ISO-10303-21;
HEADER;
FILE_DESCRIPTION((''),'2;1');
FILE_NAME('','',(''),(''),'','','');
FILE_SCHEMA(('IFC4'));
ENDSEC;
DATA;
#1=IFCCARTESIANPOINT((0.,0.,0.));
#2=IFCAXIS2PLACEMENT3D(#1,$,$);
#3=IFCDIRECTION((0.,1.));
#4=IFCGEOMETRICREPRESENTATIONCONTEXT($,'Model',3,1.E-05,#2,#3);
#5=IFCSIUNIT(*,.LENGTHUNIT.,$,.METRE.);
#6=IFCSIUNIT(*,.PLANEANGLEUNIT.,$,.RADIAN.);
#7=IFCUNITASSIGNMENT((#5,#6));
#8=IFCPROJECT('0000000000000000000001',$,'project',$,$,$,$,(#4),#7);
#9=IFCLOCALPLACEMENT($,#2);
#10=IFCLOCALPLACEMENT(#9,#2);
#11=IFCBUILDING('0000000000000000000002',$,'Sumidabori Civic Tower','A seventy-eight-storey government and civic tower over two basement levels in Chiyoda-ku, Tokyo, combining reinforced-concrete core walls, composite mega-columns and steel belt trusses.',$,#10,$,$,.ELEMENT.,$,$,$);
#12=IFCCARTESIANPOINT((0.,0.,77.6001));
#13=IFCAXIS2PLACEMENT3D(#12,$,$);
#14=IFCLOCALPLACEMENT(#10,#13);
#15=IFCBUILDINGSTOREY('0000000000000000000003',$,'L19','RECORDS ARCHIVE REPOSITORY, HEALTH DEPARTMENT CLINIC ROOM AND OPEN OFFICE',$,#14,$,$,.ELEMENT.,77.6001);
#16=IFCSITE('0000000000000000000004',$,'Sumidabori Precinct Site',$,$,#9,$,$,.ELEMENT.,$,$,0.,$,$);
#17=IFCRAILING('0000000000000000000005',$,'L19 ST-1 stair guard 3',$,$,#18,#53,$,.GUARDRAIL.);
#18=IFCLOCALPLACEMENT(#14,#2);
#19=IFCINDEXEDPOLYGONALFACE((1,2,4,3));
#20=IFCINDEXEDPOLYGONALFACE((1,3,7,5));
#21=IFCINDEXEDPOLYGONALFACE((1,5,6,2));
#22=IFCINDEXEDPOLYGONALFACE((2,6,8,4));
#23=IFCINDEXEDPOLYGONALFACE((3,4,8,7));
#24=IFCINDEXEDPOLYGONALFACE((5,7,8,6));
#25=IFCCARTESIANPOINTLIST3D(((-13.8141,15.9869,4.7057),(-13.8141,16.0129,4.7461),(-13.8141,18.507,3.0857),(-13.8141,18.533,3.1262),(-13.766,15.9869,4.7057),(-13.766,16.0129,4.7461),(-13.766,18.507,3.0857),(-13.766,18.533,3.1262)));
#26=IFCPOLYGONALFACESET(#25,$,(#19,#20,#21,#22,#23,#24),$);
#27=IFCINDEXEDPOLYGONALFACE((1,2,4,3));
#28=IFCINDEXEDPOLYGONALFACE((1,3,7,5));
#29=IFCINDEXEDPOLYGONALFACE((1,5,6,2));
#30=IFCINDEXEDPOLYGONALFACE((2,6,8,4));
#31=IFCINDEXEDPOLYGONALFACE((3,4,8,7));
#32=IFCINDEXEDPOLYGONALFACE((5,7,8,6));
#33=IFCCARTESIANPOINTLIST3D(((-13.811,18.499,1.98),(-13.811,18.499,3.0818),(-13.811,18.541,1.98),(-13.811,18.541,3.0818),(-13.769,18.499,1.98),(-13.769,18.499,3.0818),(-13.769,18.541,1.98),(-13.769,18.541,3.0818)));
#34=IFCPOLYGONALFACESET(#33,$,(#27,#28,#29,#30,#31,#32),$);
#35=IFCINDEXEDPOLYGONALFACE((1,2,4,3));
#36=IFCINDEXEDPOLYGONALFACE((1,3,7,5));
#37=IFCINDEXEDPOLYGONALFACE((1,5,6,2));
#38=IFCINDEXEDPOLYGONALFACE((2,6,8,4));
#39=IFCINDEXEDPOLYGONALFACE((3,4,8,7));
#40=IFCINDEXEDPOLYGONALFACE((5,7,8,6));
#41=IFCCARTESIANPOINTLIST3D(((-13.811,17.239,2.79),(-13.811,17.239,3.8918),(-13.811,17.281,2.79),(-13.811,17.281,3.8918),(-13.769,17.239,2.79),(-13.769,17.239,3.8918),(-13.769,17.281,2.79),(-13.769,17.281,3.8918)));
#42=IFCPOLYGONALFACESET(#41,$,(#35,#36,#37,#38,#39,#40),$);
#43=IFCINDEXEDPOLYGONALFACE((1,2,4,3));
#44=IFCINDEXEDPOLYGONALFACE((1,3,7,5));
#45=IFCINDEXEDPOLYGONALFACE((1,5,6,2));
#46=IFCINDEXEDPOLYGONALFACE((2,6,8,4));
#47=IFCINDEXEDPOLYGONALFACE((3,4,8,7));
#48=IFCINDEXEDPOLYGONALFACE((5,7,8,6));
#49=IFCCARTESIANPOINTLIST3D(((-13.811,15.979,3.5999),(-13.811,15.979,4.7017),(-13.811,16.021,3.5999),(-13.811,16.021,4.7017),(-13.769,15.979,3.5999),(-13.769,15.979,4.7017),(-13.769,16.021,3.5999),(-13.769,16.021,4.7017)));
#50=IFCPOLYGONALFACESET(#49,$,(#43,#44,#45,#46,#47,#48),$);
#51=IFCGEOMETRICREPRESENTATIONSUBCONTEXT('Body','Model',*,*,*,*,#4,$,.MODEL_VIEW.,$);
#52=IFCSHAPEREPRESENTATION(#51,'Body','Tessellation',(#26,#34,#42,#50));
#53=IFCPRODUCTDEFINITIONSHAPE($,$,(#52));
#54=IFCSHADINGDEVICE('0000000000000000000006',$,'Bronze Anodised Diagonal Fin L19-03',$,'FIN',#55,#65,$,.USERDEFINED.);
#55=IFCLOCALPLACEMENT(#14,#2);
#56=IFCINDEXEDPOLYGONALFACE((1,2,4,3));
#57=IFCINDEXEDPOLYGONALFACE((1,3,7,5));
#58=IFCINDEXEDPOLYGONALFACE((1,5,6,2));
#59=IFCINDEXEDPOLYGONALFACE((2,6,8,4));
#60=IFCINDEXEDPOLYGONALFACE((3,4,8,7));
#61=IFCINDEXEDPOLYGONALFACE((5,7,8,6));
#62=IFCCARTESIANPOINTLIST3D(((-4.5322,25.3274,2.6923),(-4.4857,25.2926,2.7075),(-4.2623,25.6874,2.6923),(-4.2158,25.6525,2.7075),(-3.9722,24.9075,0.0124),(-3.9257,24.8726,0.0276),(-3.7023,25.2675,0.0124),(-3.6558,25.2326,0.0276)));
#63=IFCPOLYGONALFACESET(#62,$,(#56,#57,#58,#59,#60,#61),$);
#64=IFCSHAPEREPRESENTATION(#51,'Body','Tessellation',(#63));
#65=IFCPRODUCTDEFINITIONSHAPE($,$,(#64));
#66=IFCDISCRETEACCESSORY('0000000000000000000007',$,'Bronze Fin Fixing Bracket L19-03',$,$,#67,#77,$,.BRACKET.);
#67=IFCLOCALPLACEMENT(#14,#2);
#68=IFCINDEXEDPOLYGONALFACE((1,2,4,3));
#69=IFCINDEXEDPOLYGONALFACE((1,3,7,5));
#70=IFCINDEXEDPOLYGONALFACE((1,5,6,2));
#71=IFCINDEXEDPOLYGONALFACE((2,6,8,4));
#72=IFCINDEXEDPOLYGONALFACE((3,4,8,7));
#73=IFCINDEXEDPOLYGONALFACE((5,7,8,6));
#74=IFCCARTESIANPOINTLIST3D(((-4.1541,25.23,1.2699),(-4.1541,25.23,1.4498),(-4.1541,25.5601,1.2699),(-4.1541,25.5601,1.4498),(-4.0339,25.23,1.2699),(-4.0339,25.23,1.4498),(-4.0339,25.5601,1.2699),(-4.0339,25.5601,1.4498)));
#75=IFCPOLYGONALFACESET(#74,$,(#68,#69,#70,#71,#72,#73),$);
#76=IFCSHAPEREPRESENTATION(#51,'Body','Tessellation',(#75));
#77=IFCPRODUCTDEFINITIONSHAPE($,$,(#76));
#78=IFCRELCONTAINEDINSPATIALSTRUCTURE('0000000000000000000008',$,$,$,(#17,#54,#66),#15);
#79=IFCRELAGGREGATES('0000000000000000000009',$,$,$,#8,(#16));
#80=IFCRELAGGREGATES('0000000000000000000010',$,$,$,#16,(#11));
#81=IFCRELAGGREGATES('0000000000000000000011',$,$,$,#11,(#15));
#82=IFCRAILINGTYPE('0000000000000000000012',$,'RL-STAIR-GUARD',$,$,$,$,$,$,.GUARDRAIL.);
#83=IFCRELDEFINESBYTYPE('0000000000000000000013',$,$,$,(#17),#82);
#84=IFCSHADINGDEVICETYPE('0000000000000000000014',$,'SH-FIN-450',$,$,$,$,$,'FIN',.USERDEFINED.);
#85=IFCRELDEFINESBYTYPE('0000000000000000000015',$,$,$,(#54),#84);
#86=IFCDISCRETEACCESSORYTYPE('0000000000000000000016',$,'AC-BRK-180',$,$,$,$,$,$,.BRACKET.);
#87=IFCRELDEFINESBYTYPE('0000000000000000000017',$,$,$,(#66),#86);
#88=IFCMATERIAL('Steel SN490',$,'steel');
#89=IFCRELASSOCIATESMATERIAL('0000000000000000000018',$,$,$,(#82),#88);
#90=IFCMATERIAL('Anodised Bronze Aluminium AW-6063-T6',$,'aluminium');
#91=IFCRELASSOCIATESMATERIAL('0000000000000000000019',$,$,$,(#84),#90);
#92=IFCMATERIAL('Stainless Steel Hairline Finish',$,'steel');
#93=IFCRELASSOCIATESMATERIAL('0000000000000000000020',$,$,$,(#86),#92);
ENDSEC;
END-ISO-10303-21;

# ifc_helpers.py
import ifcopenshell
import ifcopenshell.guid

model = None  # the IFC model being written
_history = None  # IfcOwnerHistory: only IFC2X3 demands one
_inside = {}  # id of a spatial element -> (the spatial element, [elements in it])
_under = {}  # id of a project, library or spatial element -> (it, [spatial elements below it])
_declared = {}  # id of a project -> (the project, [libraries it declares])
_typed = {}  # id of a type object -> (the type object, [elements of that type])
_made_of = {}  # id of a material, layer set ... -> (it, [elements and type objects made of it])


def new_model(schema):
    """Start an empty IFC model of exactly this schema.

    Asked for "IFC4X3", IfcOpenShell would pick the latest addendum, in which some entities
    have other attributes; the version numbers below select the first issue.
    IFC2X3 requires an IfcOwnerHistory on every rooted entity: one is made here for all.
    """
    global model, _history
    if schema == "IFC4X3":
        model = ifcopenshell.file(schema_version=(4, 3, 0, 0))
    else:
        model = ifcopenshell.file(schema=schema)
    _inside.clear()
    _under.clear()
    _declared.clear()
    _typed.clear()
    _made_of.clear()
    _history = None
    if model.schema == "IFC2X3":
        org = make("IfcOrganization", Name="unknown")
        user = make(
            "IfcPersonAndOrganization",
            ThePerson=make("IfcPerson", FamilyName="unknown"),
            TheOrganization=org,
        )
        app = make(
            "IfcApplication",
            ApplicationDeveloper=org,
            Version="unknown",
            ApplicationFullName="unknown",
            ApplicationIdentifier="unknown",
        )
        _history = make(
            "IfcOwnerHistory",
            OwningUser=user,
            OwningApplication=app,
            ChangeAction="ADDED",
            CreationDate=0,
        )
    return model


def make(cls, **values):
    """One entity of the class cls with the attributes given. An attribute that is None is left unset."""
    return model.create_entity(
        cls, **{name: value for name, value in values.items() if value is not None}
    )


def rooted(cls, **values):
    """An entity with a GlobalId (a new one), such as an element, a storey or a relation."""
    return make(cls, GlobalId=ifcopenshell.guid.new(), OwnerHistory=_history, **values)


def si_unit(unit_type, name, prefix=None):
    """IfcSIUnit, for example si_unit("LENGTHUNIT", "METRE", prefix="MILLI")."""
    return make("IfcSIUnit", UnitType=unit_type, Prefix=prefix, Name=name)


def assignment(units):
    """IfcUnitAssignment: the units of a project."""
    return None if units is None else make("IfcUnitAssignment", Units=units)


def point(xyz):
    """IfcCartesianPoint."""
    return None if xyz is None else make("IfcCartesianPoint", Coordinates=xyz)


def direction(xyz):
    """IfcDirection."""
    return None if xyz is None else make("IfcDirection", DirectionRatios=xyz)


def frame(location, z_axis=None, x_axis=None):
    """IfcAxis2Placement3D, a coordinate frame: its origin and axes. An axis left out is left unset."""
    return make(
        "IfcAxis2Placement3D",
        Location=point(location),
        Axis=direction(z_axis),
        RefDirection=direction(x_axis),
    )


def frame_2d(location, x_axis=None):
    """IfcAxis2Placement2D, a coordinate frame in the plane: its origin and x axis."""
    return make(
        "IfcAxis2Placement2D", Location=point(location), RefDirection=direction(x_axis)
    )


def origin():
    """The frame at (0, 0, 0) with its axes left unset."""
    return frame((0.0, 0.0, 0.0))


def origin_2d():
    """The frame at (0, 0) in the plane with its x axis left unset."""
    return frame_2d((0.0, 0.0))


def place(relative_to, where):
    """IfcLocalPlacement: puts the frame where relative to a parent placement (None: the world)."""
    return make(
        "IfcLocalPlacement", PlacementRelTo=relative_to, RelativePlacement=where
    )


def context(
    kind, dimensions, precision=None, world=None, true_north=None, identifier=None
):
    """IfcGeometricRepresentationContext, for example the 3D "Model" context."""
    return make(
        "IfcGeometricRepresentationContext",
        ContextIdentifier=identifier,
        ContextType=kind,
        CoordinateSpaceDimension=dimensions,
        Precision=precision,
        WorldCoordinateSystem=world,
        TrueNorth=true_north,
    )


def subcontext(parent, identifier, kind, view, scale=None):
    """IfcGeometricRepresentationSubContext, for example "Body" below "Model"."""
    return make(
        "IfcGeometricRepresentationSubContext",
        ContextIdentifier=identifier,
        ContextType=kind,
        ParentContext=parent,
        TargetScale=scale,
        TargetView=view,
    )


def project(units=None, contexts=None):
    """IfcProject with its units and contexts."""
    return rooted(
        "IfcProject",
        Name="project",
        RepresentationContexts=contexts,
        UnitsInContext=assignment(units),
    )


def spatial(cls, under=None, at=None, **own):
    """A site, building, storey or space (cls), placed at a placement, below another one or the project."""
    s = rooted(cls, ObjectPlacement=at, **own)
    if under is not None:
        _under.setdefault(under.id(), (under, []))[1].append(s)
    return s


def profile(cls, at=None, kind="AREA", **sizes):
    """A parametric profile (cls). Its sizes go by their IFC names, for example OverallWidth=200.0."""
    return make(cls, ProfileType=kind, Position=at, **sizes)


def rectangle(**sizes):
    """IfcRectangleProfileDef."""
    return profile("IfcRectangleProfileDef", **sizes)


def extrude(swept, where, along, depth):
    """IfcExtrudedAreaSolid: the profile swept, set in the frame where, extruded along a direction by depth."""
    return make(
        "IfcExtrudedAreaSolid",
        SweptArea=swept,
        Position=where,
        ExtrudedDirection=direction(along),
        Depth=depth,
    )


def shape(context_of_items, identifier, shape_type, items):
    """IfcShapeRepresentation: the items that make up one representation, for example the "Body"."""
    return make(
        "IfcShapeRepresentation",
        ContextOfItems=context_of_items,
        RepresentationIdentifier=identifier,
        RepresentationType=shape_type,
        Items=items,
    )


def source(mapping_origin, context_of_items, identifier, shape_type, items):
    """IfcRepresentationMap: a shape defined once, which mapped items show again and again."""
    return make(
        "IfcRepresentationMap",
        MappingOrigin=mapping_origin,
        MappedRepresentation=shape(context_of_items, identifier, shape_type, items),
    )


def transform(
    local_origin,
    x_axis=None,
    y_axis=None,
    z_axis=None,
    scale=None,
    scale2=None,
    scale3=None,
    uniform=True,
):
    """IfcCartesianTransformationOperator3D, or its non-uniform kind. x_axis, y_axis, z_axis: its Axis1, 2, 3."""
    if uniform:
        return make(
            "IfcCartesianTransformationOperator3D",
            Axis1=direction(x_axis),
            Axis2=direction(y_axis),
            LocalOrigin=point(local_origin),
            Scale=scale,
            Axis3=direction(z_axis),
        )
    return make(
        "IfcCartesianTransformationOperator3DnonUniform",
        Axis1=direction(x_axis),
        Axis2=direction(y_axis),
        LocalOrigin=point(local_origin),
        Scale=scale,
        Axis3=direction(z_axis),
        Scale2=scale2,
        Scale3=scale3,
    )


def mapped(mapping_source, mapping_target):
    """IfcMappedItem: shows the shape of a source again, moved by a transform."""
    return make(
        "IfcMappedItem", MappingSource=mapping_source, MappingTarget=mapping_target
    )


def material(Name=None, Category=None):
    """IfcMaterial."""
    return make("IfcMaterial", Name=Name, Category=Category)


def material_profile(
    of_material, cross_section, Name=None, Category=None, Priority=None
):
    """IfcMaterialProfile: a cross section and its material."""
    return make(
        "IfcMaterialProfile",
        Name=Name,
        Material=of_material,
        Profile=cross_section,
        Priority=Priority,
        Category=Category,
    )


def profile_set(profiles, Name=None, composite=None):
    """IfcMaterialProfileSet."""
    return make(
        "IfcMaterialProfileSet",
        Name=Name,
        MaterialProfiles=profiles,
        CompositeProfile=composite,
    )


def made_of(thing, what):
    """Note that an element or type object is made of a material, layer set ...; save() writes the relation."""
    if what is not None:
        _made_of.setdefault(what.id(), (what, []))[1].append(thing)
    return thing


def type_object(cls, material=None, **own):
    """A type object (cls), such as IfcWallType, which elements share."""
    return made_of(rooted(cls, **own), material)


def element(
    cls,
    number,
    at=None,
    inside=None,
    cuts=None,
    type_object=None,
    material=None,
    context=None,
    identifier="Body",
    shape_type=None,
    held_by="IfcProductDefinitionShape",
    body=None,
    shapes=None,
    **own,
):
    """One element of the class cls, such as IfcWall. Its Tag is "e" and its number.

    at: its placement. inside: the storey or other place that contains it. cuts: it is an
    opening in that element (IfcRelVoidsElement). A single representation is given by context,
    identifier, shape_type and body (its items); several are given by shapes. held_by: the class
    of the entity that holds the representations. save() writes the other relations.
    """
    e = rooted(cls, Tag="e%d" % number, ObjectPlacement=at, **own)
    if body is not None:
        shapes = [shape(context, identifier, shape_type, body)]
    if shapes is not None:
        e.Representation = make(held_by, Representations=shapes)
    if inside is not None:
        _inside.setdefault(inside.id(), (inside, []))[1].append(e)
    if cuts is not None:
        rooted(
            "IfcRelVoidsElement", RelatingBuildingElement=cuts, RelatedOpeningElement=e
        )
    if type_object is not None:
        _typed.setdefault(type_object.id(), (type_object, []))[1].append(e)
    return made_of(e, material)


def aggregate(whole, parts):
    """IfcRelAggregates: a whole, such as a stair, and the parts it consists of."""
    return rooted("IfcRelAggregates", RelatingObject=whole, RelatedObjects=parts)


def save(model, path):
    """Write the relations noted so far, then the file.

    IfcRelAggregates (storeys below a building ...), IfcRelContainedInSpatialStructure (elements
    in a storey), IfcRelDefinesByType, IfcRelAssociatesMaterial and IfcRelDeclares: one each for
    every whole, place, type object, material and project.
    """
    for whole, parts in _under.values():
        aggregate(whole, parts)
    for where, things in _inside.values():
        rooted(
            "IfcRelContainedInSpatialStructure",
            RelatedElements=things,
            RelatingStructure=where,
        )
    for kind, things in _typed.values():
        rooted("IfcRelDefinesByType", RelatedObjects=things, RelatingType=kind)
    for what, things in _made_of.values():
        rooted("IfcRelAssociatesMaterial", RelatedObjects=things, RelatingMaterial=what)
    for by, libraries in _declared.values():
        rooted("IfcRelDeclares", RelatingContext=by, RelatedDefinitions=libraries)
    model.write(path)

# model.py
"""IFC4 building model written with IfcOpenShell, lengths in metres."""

from ifc_helpers import new_model, si_unit, direction, frame, origin, origin_2d, place, context, subcontext, project, spatial, rectangle, extrude, source, transform, mapped, material, material_profile, profile_set, type_object, element, save


model = new_model("IFC4")

# Units and contexts
model_context = context("Model", 3, precision=1e-05, world=origin(), true_north=direction((0.0, 1.0)))
body_context = subcontext(model_context, "Body", "Model", "MODEL_VIEW")
ifc_project = project(units=[si_unit("LENGTHUNIT", "METRE"), si_unit("PLANEANGLEUNIT", "RADIAN")], contexts=[model_context])

# Site, building, storey
site_placement = place(None, origin())
site = spatial("IfcSite", under=ifc_project, at=site_placement, Name="Sumidabori Precinct Site", CompositionType="ELEMENT", RefElevation=0.0)
building_placement = place(site_placement, origin())
building = spatial("IfcBuilding", under=site, at=building_placement, Name="Sumidabori Civic Tower", Description="A seventy-eight-storey government and civic tower over two basement levels in Chiyoda-ku, Tokyo, combining reinforced-concrete core walls, composite mega-columns and steel belt trusses.", CompositionType="ELEMENT")
storey_placement = place(building_placement, frame((0.0, 0.0, 77.6001)))
storey = spatial("IfcBuildingStorey", under=building, at=storey_placement, Name="L19", Description="RECORDS ARCHIVE REPOSITORY, HEALTH DEPARTMENT CLINIC ROOM AND OPEN OFFICE", CompositionType="ELEMENT", Elevation=77.6001)

# Shared definitions
ifc_material_1 = material(Name="Anodised Bronze Aluminium AW-6063-T6", Category="aluminium")

# Railing
ifc_material_2 = material(Name="Stainless Steel Hairline Finish", Category="steel")
ifc_material_3 = material(Name="Steel SN490", Category="steel")
railing_type_1 = type_object("IfcRailingType", Name="RL-STAIR-GUARD", PredefinedType="GUARDRAIL", material=ifc_material_3)
railing_1_placement = place(storey_placement, frame((-13.79, 18.52, 1.98)))
element("IfcRailing", 1, at=railing_1_placement, inside=storey, type_object=railing_type_1, Name="L19 ST-1 stair guard 3", PredefinedType="GUARDRAIL", context=body_context, shape_type="SweptSolid", body=[
    extrude(rectangle(XDim=0.0481, YDim=0.0481, at=origin_2d()), frame((0.0, 0.0, 1.126), z_axis=(0.0, -0.8412, 0.540725), x_axis=(1.0, 0.0, 0.0)), (0.0, 0.0, 1.0), 2.9958),
    extrude(rectangle(XDim=0.042, YDim=0.042, at=origin_2d()), origin(), (0.0, 0.0, 1.0), 1.1018),
    extrude(rectangle(XDim=0.042, YDim=0.042, at=origin_2d()), frame((0.0, -1.26, 0.8101)), (0.0, 0.0, 1.0), 1.1018),
    extrude(rectangle(XDim=0.042, YDim=0.042, at=origin_2d()), frame((0.0, -2.52, 1.6199)), (0.0, 0.0, 1.0), 1.1018),
])

# Shading device
ifc_material_profile_1 = material_profile(ifc_material_1, rectangle(XDim=0.0601, YDim=0.45, at=origin_2d()), Name="BRONZE FIN 450x60")
ifc_profile_set_1 = profile_set([ifc_material_profile_1], Name="Anodised Bronze Aluminium AW-6063-T6")
shading_device_type = type_object("IfcShadingDeviceType", Name="SH-FIN-450", ElementType="FIN", PredefinedType="USERDEFINED", material=ifc_profile_set_1)
shared_shape_1 = source(origin(), body_context, "Body", "SweptSolid", [
    extrude(rectangle(XDim=0.0601, YDim=0.45, at=origin_2d()), origin(), (0.0, 0.0, 1.0), 2.7698),
])
shading_device_placement = place(storey_placement, frame((-3.814, 25.0701, 0.02), z_axis=(-0.202199, 0.151605, 0.967539), x_axis=(0.774112, -0.580415, 0.252722)))
element("IfcShadingDevice", 2, at=shading_device_placement, inside=storey, type_object=shading_device_type, Name="Bronze Anodised Diagonal Fin L19-03", ObjectType="FIN", PredefinedType="USERDEFINED", context=body_context, shape_type="MappedRepresentation", body=[
    mapped(shared_shape_1, transform((0.0, 0.0, 0.0), x_axis=(1.0, 0.0, 0.0), y_axis=(0.0, 1.0, 0.0), z_axis=(0.0, 0.0, 1.0), scale=1.0)),
])

# Discrete accessory
ifc_material_profile_2 = material_profile(ifc_material_2, rectangle(XDim=0.1201, YDim=0.1799, at=origin_2d()), Name="STEEL BRACKET 180x120")
ifc_profile_set_2 = profile_set([ifc_material_profile_2], Name="Stainless Steel Hairline Finish")
discrete_accessory_type = type_object("IfcDiscreteAccessoryType", Name="AC-BRK-180", PredefinedType="BRACKET", material=ifc_profile_set_2)
shared_shape_2 = source(origin(), body_context, "Body", "SweptSolid", [
    extrude(rectangle(XDim=0.1201, YDim=0.1799, at=origin_2d()), origin(), (0.0, 0.0, 1.0), 0.3301),
])
discrete_accessory_placement = place(storey_placement, frame((-4.094, 25.23, 1.3599), z_axis=(0.0, 1.0, 0.0), x_axis=(-1.0, 0.0, 0.0)))
element("IfcDiscreteAccessory", 3, at=discrete_accessory_placement, inside=storey, type_object=discrete_accessory_type, Name="Bronze Fin Fixing Bracket L19-03", PredefinedType="BRACKET", context=body_context, shape_type="MappedRepresentation", body=[
    mapped(shared_shape_2, transform((0.0, 0.0, 0.0), x_axis=(1.0, 0.0, 0.0), y_axis=(0.0, 1.0, 0.0), z_axis=(0.0, 0.0, 1.0), scale=1.0)),
])

save(model, "model.ifc")
